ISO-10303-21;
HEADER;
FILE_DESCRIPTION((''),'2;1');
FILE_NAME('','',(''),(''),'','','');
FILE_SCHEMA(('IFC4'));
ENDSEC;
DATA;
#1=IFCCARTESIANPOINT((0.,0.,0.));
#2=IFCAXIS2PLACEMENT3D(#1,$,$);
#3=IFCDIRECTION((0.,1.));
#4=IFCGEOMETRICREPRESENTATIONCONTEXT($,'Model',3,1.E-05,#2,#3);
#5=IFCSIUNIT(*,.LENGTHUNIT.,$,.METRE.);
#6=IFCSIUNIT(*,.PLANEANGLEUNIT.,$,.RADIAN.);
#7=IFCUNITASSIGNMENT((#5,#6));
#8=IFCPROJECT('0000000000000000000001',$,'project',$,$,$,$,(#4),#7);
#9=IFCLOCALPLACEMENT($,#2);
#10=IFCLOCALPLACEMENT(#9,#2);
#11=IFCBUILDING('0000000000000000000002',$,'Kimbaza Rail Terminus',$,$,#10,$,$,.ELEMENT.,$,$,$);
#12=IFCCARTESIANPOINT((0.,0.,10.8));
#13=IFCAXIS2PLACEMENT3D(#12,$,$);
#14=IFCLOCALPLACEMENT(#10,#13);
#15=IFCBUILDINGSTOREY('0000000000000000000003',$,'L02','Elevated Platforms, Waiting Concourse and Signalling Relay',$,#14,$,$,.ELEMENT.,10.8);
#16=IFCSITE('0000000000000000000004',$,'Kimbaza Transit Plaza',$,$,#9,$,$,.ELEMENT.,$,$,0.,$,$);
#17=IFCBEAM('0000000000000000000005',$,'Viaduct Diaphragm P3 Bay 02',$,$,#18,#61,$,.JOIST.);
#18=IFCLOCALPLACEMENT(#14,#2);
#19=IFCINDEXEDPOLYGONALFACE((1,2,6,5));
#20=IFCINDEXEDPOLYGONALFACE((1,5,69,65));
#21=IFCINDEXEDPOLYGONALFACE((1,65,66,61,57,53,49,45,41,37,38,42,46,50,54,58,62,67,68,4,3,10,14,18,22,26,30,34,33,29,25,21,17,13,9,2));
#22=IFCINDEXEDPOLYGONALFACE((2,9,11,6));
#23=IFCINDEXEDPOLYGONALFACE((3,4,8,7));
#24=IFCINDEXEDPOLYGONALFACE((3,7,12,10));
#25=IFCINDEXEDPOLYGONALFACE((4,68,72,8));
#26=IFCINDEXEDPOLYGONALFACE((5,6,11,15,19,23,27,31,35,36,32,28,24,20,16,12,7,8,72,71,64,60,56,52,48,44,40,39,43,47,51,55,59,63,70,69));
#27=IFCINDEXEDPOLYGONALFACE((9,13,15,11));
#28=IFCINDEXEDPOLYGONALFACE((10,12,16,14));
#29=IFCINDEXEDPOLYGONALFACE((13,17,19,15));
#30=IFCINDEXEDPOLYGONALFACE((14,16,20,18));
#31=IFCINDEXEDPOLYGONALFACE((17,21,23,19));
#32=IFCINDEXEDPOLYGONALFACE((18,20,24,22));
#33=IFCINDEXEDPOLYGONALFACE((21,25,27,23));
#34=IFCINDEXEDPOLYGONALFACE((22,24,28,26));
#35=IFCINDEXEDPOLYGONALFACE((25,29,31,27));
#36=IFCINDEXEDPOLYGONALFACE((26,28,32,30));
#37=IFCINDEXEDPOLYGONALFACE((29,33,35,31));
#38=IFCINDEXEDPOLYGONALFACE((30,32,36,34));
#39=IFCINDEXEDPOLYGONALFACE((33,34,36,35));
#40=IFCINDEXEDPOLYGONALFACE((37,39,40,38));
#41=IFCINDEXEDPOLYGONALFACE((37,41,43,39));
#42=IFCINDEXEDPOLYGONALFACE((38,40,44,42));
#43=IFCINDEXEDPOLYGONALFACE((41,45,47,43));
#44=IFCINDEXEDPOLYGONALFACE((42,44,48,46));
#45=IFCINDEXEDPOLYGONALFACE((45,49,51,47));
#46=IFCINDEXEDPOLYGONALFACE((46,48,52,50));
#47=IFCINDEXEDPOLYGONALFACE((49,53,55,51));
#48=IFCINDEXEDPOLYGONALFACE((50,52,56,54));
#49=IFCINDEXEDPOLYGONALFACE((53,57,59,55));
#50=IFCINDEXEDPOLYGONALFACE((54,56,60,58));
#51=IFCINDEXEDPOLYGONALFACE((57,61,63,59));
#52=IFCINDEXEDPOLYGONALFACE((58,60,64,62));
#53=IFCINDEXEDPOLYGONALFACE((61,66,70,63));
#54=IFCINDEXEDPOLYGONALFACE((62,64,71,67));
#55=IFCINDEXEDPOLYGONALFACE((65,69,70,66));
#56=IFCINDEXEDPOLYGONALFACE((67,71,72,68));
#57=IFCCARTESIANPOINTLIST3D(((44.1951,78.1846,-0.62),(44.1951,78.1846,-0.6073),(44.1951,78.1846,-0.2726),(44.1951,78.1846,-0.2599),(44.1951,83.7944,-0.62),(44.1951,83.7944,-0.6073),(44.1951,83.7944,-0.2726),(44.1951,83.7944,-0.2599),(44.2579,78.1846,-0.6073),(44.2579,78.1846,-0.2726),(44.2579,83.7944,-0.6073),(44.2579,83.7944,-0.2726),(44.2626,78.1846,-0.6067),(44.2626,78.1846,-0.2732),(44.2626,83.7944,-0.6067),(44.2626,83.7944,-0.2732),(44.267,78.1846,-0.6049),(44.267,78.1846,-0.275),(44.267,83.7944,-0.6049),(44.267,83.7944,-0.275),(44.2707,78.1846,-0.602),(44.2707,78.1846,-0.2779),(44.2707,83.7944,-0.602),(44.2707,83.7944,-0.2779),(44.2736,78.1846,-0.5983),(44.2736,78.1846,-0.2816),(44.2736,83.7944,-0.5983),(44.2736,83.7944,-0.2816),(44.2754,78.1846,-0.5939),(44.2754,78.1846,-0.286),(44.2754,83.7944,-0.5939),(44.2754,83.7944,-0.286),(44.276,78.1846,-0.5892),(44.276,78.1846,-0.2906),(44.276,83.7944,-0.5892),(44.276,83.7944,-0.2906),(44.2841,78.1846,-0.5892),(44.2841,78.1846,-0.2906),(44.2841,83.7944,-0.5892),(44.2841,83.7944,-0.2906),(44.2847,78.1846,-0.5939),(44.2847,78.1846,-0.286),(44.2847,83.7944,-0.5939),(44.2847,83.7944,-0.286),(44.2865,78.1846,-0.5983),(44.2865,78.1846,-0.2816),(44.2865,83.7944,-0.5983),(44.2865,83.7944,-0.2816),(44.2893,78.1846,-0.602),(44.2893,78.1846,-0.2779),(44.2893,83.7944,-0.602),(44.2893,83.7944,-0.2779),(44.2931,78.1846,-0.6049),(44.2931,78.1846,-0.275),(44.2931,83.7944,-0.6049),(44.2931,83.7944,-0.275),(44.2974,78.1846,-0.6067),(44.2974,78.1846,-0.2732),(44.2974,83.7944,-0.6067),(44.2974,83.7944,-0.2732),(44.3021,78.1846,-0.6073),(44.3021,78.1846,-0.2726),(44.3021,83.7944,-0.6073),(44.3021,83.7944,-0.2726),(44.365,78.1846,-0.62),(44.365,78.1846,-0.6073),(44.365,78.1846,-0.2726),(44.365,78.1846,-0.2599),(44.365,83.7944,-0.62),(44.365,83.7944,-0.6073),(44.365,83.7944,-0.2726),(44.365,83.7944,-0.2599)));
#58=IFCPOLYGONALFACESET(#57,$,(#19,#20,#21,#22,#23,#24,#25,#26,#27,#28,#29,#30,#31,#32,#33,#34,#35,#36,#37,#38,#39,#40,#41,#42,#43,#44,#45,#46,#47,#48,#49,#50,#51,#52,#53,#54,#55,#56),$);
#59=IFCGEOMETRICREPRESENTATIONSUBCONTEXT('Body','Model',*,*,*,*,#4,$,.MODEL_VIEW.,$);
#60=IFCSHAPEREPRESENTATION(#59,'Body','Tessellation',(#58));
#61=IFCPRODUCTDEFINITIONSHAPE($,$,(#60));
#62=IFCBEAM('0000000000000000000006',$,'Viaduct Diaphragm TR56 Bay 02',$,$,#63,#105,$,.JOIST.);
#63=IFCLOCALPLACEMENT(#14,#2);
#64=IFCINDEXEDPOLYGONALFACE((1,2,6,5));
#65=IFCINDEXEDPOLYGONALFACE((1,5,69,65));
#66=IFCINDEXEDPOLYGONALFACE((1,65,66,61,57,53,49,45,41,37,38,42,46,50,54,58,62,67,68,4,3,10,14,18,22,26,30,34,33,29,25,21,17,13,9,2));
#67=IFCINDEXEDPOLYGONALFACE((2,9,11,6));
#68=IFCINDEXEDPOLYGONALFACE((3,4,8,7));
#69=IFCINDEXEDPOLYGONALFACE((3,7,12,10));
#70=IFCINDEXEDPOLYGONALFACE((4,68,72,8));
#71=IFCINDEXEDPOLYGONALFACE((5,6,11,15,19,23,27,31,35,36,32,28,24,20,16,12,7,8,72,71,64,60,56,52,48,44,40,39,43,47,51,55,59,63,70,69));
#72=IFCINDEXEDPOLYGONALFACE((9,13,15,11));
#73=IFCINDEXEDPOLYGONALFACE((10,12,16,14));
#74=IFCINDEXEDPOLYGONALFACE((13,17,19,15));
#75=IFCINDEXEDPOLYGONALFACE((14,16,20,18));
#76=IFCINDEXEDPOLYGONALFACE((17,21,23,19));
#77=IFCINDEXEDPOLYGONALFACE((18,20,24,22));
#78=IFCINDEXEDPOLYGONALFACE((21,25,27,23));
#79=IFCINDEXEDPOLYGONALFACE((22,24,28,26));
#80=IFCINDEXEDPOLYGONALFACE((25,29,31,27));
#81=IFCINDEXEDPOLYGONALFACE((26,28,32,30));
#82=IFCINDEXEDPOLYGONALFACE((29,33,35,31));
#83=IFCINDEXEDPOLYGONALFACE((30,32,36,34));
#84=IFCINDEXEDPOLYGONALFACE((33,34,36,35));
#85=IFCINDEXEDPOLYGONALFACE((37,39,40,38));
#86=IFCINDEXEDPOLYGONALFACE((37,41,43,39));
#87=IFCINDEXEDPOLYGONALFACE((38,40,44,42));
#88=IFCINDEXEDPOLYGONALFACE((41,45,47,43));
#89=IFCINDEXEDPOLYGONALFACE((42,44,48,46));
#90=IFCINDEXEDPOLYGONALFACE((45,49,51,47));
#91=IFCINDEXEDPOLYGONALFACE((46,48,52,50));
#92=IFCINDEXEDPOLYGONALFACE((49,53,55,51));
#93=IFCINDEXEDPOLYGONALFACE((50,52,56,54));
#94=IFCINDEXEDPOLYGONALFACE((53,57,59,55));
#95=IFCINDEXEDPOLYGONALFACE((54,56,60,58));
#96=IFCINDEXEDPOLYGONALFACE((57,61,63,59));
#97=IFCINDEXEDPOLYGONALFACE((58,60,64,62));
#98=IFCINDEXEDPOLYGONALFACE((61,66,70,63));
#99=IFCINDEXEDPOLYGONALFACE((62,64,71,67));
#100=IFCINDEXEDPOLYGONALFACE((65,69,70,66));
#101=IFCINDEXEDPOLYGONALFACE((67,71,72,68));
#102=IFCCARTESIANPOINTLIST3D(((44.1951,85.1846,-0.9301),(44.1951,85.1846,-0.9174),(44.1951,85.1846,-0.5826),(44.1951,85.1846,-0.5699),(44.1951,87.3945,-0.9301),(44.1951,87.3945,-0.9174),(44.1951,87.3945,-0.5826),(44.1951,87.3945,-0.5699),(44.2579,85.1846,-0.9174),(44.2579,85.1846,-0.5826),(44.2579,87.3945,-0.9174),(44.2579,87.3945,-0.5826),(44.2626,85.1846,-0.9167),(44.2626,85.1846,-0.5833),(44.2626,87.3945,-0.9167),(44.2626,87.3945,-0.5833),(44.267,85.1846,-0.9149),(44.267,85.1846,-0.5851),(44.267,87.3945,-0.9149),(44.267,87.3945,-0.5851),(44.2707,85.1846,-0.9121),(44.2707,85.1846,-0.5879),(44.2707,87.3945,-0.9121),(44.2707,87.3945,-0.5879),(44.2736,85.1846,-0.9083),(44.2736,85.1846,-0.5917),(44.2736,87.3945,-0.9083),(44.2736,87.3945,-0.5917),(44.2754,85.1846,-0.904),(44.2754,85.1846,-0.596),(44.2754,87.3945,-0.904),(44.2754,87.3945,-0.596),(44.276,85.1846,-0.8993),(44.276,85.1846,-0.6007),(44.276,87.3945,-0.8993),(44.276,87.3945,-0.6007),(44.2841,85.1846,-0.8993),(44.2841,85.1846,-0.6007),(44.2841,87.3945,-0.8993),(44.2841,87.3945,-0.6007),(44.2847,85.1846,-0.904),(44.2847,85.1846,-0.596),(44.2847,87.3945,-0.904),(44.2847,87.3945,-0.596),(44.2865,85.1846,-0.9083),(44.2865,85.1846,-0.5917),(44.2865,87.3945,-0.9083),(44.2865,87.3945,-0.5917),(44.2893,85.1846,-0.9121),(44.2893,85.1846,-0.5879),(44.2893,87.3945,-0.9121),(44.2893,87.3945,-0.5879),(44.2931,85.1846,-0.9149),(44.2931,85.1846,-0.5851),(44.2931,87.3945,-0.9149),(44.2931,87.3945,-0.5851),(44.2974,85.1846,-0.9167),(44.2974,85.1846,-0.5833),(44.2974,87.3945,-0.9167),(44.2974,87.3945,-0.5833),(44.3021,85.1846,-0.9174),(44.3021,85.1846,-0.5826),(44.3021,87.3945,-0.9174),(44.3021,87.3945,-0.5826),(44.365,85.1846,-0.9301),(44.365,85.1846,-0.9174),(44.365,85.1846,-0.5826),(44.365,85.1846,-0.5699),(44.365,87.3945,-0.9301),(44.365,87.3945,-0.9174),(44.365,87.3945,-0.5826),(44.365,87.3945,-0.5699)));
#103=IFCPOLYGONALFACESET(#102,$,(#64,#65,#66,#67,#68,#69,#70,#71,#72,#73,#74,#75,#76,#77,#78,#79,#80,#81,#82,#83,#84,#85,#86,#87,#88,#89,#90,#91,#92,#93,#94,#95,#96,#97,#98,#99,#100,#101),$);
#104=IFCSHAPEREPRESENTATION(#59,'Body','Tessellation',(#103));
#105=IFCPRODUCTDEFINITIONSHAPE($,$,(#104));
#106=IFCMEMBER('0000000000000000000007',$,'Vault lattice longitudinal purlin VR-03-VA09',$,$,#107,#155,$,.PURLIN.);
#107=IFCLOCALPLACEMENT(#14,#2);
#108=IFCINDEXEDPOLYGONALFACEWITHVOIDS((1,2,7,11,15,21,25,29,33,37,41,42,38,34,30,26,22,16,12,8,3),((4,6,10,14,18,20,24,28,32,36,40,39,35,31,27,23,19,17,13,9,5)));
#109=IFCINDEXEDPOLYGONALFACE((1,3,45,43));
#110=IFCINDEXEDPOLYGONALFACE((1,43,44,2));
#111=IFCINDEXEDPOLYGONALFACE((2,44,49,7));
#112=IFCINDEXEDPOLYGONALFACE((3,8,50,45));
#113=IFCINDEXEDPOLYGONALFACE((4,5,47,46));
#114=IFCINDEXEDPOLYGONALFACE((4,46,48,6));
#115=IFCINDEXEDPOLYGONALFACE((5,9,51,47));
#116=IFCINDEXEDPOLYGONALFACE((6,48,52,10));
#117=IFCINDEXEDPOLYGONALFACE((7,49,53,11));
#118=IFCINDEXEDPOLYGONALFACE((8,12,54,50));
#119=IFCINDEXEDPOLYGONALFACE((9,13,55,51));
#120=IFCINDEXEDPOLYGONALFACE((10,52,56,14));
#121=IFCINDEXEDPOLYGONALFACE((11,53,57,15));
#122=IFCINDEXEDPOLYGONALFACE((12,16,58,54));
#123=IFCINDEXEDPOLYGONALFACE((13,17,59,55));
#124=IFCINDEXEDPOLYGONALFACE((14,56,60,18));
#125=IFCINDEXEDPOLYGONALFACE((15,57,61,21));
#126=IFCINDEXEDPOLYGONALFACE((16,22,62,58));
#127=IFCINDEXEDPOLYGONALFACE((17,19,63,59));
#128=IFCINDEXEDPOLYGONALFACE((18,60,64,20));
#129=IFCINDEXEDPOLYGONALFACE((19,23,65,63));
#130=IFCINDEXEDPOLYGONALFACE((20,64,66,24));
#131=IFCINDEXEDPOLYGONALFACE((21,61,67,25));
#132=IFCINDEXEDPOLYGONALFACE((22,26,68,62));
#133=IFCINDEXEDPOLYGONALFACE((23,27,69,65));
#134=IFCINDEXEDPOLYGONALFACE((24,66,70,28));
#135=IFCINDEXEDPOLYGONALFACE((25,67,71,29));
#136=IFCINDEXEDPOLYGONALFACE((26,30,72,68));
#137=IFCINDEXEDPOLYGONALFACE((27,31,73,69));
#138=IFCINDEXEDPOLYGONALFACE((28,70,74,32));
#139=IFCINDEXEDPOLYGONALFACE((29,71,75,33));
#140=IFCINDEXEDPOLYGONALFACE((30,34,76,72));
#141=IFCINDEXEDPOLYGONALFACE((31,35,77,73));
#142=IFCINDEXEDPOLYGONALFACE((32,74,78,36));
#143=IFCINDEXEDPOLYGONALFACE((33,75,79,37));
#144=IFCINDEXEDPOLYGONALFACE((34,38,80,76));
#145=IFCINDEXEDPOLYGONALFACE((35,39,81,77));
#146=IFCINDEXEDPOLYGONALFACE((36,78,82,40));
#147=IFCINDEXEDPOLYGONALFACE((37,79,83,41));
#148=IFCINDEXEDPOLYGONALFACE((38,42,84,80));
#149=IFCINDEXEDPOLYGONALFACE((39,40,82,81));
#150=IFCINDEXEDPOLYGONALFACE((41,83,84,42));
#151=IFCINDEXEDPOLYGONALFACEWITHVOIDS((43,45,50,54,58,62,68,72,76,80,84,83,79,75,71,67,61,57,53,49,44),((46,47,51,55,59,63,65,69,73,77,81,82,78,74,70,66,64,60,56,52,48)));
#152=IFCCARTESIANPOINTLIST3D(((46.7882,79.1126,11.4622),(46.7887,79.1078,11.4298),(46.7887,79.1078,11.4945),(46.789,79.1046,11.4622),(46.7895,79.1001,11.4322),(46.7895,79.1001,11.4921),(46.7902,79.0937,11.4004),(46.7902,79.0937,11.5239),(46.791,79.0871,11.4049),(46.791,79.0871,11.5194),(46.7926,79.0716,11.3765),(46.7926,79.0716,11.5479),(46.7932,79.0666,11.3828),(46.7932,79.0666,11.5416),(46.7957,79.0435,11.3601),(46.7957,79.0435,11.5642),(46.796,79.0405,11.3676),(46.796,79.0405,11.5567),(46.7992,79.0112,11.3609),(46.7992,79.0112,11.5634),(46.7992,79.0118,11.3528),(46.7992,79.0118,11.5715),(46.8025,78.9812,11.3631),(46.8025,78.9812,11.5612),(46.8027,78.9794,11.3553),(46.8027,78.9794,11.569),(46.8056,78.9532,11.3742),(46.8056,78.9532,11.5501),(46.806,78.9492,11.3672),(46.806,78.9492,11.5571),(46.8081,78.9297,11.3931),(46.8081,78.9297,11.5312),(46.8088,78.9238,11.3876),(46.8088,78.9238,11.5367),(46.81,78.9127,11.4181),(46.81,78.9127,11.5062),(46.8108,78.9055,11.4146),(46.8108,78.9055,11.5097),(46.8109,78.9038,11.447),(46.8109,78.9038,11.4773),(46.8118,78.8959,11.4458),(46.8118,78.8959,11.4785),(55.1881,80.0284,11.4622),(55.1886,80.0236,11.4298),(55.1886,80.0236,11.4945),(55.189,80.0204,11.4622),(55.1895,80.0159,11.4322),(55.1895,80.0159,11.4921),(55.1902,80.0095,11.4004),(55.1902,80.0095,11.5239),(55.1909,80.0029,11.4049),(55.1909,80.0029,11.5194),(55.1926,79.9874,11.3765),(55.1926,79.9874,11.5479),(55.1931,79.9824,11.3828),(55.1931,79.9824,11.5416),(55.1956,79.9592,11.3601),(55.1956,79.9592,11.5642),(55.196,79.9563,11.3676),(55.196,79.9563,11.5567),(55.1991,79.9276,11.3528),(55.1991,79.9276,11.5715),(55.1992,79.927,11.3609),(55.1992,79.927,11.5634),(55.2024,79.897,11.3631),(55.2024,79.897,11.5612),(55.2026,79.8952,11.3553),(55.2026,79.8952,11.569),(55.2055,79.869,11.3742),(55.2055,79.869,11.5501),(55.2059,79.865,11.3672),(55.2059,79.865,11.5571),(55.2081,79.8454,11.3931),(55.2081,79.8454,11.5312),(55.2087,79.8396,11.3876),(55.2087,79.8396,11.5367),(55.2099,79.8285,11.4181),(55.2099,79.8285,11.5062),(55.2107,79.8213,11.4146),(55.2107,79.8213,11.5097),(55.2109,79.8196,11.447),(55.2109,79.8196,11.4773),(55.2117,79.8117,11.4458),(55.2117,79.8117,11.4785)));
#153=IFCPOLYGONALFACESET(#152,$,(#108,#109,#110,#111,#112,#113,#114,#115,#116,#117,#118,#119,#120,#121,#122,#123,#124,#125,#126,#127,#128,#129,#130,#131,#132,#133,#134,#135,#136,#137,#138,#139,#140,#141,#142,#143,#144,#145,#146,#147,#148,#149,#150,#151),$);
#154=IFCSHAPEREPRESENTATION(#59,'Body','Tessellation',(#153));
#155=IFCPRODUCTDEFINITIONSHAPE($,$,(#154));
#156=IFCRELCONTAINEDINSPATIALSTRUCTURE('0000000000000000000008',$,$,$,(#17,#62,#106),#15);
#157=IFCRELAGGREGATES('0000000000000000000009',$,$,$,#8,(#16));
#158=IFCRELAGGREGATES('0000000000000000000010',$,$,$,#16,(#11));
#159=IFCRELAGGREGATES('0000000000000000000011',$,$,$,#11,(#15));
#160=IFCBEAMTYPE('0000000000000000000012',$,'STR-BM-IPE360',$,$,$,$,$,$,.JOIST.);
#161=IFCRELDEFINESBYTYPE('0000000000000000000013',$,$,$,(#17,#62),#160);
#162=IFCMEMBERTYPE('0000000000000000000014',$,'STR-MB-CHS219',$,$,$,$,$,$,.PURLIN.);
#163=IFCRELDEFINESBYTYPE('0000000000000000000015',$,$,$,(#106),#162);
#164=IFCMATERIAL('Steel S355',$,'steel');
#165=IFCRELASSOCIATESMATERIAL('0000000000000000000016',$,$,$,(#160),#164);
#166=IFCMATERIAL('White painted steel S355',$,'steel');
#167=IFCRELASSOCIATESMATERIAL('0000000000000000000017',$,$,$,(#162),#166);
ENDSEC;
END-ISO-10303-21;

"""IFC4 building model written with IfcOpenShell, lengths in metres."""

from ifc_helpers import new_model, si_unit, direction, frame, origin, origin_2d, place, context, subcontext, project, spatial, hollow_circle, i_section, extrude, material, material_profile, profile_set, type_object, element, save


model = new_model("IFC4")

# Units and contexts
model_context = context("Model", 3, precision=1e-05, world=origin(), true_north=direction((0.0, 1.0)))
body_context = subcontext(model_context, "Body", "Model", "MODEL_VIEW")
ifc_project = project(units=[si_unit("LENGTHUNIT", "METRE"), si_unit("PLANEANGLEUNIT", "RADIAN")], contexts=[model_context])

# Site, building, storey
site_placement = place(None, origin())
site = spatial("IfcSite", under=ifc_project, at=site_placement, Name="Kimbaza Transit Plaza", CompositionType="ELEMENT", RefElevation=0.0)
building_placement = place(site_placement, origin())
building = spatial("IfcBuilding", under=site, at=building_placement, Name="Kimbaza Rail Terminus", CompositionType="ELEMENT")
storey_placement = place(building_placement, frame((0.0, 0.0, 10.8)))
storey = spatial("IfcBuildingStorey", under=building, at=storey_placement, Name="L02", Description="Elevated Platforms, Waiting Concourse and Signalling Relay", CompositionType="ELEMENT", Elevation=10.8)

# Beams
ifc_material_1 = material(Name="Steel S355", Category="steel")
ifc_material_profile_1 = material_profile(ifc_material_1, i_section(OverallWidth=0.1699, OverallDepth=0.3601, WebThickness=0.0081, FlangeThickness=0.0127, FilletRadius=0.0181, at=origin_2d()), Name="IPE 360")
ifc_profile_set_1 = profile_set([ifc_material_profile_1], Name="Steel S355")
beam_type = type_object("IfcBeamType", Name="STR-BM-IPE360", PredefinedType="JOIST", material=ifc_profile_set_1)
beam_1_placement = place(storey_placement, frame((44.28, 78.1846, -0.4399), z_axis=(0.0, 1.0, 0.0), x_axis=(-1.0, 0.0, 0.0)))
element("IfcBeam", 1, at=beam_1_placement, inside=storey, type_object=beam_type, Name="Viaduct Diaphragm P3 Bay 02", PredefinedType="JOIST", context=body_context, shape_type="SweptSolid", body=[
    extrude(i_section(OverallWidth=0.1699, OverallDepth=0.3601, WebThickness=0.0081, FlangeThickness=0.0127, FilletRadius=0.0181, at=origin_2d()), origin(), (0.0, 0.0, 1.0), 5.6099),
])
beam_2_placement = place(storey_placement, frame((44.28, 85.1846, -0.75), z_axis=(0.0, 1.0, 0.0), x_axis=(-1.0, 0.0, 0.0)))
element("IfcBeam", 2, at=beam_2_placement, inside=storey, type_object=beam_type, Name="Viaduct Diaphragm TR56 Bay 02", PredefinedType="JOIST", context=body_context, shape_type="SweptSolid", body=[
    extrude(i_section(OverallWidth=0.1699, OverallDepth=0.3601, WebThickness=0.0081, FlangeThickness=0.0127, FilletRadius=0.0181, at=origin_2d()), origin(), (0.0, 0.0, 1.0), 2.21),
])

# Member
ifc_material_2 = material(Name="White painted steel S355", Category="steel")
ifc_material_profile_2 = material_profile(ifc_material_2, hollow_circle(Radius=0.1096, WallThickness=0.0081, at=origin_2d()), Name="CHS 219.1x8")
ifc_profile_set_2 = profile_set([ifc_material_profile_2], Name="White painted steel S355")
member_type_1 = type_object("IfcMemberType", Name="STR-MB-CHS219", PredefinedType="PURLIN", material=ifc_profile_set_2)
for number, where, z_axis, x_axis, name in (
    (3, (46.8, 79.0037, 11.4622), (0.99411, 0.10838, 0.0), (-0.10838, 0.99411, 0.0), "Vault lattice longitudinal purlin VR-03-VA09"),
):
    element("IfcMember", number, at=place(storey_placement, frame(where, z_axis=z_axis, x_axis=x_axis)), inside=storey, type_object=member_type_1, Name=name, PredefinedType="PURLIN", context=body_context, shape_type="SweptSolid", body=[
        extrude(hollow_circle(Radius=0.1096, WallThickness=0.0081, at=origin_2d()), origin(), (0.0, 0.0, 1.0), 8.4497),
    ])

save(model, "model.ifc")
